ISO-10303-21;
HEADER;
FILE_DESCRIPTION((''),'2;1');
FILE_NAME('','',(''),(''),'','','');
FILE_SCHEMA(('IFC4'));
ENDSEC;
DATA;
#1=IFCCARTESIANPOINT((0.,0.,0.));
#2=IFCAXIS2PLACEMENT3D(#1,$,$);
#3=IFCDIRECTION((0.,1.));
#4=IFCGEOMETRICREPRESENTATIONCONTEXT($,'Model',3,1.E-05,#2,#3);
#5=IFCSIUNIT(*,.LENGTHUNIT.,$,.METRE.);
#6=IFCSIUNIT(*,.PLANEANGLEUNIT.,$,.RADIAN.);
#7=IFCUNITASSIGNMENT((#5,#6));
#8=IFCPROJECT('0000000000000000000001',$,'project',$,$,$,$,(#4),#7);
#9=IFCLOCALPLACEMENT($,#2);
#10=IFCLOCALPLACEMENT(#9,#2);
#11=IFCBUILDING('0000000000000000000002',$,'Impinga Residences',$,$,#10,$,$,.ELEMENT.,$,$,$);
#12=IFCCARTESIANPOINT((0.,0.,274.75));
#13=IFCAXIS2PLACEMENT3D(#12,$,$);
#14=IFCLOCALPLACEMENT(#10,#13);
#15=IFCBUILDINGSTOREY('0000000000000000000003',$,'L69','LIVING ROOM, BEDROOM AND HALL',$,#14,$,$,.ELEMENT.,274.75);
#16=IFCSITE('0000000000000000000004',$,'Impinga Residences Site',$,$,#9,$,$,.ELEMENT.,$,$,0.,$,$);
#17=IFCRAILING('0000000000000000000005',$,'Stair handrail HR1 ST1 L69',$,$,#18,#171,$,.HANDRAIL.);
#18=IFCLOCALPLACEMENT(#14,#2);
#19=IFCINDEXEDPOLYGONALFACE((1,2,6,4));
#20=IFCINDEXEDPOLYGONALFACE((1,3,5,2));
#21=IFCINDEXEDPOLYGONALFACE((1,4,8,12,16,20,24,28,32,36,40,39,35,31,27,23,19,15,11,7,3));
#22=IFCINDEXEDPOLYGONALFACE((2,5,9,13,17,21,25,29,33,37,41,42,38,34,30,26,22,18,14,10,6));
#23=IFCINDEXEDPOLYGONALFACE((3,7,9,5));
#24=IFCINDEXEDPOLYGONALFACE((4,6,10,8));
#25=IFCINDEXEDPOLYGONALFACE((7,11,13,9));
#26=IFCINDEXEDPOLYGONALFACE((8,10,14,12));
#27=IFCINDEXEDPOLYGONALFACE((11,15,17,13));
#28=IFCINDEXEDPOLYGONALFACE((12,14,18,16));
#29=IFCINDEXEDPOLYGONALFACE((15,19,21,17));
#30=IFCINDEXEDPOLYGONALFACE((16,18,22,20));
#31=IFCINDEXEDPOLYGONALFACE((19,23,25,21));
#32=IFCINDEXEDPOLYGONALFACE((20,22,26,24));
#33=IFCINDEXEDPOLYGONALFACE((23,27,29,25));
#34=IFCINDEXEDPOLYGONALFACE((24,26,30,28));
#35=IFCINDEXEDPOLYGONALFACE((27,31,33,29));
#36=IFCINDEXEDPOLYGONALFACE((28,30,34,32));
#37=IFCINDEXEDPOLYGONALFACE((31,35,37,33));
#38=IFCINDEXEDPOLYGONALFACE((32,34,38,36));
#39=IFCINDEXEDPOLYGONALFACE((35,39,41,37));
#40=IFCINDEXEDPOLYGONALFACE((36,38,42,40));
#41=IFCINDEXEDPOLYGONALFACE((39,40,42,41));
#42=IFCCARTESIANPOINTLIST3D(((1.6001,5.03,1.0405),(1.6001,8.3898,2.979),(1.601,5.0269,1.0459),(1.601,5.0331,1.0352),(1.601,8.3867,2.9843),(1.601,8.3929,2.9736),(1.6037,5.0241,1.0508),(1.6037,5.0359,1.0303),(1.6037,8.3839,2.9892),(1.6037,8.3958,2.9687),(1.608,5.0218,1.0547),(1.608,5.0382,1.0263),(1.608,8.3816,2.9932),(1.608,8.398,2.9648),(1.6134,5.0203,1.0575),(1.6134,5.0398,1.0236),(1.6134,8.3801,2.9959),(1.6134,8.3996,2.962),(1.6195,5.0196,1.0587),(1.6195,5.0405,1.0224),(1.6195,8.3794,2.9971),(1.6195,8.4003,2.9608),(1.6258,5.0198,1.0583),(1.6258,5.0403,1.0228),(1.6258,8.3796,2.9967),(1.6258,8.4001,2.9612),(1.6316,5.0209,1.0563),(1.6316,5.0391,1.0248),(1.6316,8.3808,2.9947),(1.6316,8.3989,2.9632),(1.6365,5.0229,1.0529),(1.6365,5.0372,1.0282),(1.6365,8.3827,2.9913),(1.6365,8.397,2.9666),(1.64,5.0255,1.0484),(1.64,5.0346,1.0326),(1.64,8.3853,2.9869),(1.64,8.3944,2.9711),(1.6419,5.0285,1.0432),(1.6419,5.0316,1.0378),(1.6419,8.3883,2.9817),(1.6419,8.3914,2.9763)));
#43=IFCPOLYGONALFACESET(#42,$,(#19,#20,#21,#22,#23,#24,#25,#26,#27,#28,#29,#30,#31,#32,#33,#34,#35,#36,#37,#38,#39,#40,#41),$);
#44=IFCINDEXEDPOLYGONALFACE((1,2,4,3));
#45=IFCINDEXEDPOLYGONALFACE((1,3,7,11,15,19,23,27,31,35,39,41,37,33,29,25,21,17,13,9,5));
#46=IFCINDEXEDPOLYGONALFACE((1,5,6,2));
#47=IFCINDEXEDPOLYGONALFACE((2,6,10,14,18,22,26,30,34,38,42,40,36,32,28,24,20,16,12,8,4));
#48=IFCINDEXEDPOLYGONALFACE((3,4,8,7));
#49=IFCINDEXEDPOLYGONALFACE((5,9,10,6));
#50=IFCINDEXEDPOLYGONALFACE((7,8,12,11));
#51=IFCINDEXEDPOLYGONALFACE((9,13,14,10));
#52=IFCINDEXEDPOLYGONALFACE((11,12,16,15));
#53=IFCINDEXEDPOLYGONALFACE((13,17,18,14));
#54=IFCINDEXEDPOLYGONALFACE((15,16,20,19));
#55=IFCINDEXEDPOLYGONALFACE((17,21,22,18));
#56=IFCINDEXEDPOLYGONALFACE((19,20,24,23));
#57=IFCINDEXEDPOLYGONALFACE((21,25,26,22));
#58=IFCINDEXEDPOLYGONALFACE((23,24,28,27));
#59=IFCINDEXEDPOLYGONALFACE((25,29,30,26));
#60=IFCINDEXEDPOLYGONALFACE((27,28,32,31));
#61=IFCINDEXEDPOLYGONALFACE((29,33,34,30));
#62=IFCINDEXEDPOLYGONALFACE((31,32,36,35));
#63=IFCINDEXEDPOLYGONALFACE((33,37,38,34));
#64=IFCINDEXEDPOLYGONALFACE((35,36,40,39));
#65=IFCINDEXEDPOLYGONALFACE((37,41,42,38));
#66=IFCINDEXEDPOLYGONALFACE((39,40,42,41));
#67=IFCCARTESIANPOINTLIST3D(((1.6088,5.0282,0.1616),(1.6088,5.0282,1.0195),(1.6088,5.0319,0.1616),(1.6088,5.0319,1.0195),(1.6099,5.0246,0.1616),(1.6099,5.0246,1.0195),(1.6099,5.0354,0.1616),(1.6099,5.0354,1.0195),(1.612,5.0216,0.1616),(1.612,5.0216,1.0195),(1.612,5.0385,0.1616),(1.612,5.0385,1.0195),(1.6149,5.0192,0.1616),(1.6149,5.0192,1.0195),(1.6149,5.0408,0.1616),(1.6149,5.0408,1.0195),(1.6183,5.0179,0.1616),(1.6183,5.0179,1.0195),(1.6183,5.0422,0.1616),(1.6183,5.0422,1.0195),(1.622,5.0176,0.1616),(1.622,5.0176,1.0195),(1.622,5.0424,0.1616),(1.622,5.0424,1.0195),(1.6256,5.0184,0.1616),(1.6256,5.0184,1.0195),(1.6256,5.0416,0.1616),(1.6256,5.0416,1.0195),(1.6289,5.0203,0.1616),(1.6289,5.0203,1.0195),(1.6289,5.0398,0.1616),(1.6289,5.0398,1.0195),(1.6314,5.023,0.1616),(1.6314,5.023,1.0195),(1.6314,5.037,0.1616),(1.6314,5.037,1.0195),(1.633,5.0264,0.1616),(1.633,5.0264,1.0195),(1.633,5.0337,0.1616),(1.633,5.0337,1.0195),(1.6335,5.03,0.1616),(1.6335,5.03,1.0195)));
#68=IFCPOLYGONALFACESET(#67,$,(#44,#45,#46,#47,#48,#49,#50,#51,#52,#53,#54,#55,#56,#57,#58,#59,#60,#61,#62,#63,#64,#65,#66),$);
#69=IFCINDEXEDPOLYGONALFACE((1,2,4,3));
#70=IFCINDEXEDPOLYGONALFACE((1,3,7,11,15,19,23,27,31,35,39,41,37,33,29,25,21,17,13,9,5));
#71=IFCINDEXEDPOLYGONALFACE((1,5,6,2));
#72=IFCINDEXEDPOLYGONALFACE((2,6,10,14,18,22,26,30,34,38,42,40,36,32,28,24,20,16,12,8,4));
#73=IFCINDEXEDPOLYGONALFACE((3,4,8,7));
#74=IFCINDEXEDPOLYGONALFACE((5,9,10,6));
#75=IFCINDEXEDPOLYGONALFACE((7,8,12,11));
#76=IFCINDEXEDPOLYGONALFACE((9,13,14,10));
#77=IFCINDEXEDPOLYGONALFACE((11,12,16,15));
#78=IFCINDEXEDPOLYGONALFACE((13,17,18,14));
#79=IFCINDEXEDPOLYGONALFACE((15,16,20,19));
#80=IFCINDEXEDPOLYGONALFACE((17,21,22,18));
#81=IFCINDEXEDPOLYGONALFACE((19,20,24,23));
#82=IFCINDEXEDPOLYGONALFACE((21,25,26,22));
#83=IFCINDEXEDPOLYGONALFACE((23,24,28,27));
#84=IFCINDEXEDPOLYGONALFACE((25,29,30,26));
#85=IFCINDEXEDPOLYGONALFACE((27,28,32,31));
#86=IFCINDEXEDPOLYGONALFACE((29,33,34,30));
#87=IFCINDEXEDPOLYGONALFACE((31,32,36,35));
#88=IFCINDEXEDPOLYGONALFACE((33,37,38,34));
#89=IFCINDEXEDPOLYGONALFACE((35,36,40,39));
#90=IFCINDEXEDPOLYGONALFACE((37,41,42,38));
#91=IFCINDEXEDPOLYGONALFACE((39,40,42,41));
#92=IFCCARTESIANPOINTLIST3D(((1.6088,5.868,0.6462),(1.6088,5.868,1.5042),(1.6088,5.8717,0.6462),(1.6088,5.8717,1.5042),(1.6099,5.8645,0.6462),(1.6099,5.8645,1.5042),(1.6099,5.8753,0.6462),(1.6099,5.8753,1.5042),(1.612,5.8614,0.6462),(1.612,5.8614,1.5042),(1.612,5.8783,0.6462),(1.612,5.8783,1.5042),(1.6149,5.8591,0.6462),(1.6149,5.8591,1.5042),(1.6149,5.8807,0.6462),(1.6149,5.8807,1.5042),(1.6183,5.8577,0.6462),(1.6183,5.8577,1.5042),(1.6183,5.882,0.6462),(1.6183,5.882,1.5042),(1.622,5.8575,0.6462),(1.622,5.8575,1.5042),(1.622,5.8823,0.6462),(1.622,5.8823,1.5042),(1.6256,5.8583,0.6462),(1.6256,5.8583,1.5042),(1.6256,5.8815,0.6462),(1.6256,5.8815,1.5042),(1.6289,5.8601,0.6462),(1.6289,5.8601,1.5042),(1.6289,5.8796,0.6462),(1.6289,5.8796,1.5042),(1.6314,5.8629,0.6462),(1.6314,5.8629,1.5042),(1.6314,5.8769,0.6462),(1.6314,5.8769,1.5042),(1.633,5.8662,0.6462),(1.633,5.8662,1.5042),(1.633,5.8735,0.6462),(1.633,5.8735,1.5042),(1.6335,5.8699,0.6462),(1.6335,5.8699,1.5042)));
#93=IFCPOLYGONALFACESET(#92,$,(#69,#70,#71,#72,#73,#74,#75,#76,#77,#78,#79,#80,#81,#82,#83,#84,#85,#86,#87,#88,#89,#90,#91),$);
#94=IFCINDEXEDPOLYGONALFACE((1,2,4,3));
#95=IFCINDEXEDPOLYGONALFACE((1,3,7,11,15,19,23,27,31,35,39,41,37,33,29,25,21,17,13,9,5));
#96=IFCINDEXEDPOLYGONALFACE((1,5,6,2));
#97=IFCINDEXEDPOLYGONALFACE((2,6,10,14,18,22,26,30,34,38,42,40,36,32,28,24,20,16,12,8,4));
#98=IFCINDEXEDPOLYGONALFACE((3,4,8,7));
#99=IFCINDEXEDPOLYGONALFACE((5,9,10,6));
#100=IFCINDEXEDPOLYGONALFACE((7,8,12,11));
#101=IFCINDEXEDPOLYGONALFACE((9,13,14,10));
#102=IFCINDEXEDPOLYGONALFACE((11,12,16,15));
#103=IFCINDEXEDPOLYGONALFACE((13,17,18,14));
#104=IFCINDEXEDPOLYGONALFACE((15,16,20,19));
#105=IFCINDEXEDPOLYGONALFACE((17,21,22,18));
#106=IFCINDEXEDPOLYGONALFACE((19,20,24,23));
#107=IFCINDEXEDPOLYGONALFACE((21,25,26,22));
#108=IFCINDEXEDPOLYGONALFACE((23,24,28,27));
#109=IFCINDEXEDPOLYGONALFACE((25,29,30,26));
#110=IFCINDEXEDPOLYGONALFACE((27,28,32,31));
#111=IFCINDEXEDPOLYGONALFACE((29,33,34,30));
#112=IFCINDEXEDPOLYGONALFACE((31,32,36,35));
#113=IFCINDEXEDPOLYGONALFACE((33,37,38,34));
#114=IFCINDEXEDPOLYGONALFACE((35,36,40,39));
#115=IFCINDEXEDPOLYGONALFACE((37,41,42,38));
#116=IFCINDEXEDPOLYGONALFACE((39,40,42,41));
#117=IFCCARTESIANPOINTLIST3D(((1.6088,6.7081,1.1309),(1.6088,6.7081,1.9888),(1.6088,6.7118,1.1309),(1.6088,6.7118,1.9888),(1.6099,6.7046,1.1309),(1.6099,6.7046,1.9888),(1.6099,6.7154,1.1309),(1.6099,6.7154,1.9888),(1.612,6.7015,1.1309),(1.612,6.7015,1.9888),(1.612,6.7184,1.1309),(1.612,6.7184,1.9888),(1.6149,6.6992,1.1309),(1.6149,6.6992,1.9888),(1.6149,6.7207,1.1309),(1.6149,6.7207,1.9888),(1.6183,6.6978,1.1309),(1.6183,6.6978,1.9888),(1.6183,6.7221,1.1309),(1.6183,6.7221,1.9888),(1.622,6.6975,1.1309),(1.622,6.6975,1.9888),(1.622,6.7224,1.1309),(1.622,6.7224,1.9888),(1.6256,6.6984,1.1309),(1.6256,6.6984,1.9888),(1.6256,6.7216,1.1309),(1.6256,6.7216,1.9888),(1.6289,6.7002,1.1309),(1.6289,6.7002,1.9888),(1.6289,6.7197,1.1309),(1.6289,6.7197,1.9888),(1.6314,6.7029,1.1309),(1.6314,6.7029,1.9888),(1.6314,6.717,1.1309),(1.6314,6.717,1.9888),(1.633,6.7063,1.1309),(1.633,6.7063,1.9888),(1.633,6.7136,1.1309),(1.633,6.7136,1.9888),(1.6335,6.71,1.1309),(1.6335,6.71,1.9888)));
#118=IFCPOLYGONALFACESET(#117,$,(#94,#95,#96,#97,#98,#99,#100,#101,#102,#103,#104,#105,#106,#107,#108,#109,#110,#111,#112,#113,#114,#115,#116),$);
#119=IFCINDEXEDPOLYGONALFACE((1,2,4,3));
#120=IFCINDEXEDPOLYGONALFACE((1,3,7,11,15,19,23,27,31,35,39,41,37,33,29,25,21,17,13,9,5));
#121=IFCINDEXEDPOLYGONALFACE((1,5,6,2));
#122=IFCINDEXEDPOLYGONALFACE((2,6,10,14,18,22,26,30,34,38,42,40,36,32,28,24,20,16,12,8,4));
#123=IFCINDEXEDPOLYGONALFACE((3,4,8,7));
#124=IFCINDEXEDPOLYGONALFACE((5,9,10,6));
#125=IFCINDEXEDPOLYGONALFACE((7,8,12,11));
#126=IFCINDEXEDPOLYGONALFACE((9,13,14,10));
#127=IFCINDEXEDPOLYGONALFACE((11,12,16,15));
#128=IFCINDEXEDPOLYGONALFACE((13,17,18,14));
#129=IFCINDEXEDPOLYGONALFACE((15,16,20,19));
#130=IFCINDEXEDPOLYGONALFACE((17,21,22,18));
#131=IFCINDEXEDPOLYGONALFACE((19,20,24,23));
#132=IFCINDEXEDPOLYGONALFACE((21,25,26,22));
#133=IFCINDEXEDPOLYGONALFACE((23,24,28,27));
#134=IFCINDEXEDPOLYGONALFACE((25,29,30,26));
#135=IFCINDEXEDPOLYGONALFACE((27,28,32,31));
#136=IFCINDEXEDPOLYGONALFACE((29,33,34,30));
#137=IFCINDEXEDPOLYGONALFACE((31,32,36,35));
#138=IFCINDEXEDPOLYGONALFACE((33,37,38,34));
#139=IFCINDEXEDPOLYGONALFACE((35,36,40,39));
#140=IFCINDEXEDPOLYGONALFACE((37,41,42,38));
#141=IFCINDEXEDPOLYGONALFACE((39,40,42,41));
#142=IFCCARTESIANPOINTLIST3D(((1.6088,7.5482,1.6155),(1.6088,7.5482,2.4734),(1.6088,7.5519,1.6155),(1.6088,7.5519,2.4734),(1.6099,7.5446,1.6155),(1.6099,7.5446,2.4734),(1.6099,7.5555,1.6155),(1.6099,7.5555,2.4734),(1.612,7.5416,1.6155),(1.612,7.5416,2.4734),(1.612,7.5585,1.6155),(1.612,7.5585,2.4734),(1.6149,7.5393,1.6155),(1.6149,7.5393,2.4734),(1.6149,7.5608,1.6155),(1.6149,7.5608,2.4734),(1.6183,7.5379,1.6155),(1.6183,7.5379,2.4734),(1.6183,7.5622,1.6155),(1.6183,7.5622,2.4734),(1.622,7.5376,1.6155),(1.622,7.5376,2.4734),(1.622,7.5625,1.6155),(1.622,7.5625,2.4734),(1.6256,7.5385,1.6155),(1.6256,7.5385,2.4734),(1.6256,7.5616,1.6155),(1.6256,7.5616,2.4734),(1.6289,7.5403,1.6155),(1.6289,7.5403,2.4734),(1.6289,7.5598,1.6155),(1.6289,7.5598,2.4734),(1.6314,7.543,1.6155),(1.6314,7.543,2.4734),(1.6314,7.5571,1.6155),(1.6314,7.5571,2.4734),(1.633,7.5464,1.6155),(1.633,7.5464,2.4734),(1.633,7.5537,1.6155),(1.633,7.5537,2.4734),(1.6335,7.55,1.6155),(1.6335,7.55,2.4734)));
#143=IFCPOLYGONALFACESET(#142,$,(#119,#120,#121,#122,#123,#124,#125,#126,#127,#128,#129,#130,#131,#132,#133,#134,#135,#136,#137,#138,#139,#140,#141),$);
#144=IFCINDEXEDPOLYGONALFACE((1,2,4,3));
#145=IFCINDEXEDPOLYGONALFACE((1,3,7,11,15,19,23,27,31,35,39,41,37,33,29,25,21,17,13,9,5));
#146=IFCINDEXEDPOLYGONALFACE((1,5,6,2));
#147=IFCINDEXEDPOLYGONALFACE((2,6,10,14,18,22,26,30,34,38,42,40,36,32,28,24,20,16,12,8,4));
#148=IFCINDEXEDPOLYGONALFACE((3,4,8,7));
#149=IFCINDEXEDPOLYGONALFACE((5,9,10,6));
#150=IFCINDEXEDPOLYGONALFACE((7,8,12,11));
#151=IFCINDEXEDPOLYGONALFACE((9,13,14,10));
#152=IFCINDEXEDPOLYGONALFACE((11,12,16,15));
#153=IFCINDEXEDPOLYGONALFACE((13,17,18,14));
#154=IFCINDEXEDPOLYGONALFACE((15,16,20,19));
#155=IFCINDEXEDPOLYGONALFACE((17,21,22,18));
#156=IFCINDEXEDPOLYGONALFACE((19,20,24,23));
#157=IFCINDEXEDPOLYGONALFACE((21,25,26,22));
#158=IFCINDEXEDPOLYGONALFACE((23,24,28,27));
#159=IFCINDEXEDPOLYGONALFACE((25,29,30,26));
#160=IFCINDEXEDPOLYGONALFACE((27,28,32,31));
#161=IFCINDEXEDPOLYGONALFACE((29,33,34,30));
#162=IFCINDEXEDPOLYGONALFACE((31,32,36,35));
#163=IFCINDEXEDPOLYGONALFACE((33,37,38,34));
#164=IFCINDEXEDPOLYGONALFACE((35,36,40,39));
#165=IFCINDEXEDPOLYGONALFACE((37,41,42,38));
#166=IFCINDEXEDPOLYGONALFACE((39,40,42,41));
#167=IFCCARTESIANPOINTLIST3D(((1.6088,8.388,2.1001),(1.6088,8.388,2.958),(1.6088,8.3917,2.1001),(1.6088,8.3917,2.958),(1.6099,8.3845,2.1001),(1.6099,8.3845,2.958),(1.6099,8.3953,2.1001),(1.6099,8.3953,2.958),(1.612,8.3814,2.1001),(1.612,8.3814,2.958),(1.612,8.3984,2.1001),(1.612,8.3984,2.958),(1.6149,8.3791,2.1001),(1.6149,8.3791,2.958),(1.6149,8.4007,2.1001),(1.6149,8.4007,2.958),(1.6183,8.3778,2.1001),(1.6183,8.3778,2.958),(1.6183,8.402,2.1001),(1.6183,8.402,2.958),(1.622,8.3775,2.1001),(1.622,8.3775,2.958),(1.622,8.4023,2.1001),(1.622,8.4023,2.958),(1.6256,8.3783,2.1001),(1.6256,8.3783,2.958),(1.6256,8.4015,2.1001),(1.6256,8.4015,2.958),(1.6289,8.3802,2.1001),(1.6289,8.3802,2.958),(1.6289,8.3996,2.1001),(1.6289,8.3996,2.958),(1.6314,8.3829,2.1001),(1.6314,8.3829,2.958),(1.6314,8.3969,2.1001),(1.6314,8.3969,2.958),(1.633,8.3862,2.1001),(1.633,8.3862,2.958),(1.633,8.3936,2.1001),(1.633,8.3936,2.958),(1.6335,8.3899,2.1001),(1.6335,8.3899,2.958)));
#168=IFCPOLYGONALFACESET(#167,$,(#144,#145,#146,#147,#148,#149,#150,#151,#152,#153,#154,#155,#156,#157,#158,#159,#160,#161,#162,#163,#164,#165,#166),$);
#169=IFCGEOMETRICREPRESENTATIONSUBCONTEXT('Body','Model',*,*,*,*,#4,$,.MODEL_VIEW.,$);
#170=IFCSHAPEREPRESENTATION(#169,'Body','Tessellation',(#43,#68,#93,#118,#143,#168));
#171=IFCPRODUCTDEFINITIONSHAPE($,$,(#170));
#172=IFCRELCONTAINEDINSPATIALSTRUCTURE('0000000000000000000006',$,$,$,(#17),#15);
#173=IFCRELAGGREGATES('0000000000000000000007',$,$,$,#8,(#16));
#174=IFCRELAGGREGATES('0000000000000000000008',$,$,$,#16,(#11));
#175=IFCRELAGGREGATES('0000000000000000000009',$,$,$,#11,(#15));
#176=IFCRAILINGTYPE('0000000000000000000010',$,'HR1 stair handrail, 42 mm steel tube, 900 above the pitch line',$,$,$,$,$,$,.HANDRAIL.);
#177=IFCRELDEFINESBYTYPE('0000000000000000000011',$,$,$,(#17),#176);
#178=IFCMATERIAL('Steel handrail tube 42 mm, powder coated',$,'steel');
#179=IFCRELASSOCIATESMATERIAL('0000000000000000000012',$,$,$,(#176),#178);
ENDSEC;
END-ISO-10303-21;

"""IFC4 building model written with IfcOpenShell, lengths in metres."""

from ifc_helpers import new_model, si_unit, direction, frame, origin, origin_2d, place, context, subcontext, project, spatial, circle, extrude, material, type_object, element, save


model = new_model("IFC4")

# Units and contexts
model_context = context("Model", 3, precision=1e-05, world=origin(), true_north=direction((0.0, 1.0)))
body_context = subcontext(model_context, "Body", "Model", "MODEL_VIEW")
ifc_project = project(units=[si_unit("LENGTHUNIT", "METRE"), si_unit("PLANEANGLEUNIT", "RADIAN")], contexts=[model_context])

# Site, building, storey
site_placement = place(None, origin())
site = spatial("IfcSite", under=ifc_project, at=site_placement, Name="Impinga Residences Site", CompositionType="ELEMENT", RefElevation=0.0)
building_placement = place(site_placement, origin())
building = spatial("IfcBuilding", under=site, at=building_placement, Name="Impinga Residences", CompositionType="ELEMENT")
storey_placement = place(building_placement, frame((0.0, 0.0, 274.75)))
storey = spatial("IfcBuildingStorey", under=building, at=storey_placement, Name="L69", Description="LIVING ROOM, BEDROOM AND HALL", CompositionType="ELEMENT", Elevation=274.75)

# Railing
ifc_material_1 = material(Name="Steel handrail tube 42 mm, powder coated", Category="steel")
railing_type_1 = type_object("IfcRailingType", Name="HR1 stair handrail, 42 mm steel tube, 900 above the pitch line", PredefinedType="HANDRAIL", material=ifc_material_1)
railing_1_placement = place(storey_placement, frame((1.6211, 5.03, 0.1616)))
element("IfcRailing", 1, at=railing_1_placement, inside=storey, type_object=railing_type_1, Name="Stair handrail HR1 ST1 L69", PredefinedType="HANDRAIL", context=body_context, shape_type="SweptSolid", body=[
    extrude(circle(Radius=0.021, at=origin_2d()), frame((0.0, 0.0, 0.8789), z_axis=(0.0, 0.866175, 0.499741), x_axis=(-1.0, 0.0, 0.0)), (0.0, 0.0, 1.0), 3.8789),
    extrude(circle(Radius=0.0125, at=origin_2d()), origin(), (0.0, 0.0, 1.0), 0.8579),
    extrude(circle(Radius=0.0125, at=origin_2d()), frame((0.0, 0.8398, 0.4846)), (0.0, 0.0, 1.0), 0.8579),
    extrude(circle(Radius=0.0125, at=origin_2d()), frame((0.0, 1.6799, 0.9692)), (0.0, 0.0, 1.0), 0.8579),
    extrude(circle(Radius=0.0125, at=origin_2d()), frame((0.0, 2.52, 1.4539)), (0.0, 0.0, 1.0), 0.8579),
    extrude(circle(Radius=0.0125, at=origin_2d()), frame((0.0, 3.3599, 1.9385)), (0.0, 0.0, 1.0), 0.8579),
])

save(model, "model.ifc")
